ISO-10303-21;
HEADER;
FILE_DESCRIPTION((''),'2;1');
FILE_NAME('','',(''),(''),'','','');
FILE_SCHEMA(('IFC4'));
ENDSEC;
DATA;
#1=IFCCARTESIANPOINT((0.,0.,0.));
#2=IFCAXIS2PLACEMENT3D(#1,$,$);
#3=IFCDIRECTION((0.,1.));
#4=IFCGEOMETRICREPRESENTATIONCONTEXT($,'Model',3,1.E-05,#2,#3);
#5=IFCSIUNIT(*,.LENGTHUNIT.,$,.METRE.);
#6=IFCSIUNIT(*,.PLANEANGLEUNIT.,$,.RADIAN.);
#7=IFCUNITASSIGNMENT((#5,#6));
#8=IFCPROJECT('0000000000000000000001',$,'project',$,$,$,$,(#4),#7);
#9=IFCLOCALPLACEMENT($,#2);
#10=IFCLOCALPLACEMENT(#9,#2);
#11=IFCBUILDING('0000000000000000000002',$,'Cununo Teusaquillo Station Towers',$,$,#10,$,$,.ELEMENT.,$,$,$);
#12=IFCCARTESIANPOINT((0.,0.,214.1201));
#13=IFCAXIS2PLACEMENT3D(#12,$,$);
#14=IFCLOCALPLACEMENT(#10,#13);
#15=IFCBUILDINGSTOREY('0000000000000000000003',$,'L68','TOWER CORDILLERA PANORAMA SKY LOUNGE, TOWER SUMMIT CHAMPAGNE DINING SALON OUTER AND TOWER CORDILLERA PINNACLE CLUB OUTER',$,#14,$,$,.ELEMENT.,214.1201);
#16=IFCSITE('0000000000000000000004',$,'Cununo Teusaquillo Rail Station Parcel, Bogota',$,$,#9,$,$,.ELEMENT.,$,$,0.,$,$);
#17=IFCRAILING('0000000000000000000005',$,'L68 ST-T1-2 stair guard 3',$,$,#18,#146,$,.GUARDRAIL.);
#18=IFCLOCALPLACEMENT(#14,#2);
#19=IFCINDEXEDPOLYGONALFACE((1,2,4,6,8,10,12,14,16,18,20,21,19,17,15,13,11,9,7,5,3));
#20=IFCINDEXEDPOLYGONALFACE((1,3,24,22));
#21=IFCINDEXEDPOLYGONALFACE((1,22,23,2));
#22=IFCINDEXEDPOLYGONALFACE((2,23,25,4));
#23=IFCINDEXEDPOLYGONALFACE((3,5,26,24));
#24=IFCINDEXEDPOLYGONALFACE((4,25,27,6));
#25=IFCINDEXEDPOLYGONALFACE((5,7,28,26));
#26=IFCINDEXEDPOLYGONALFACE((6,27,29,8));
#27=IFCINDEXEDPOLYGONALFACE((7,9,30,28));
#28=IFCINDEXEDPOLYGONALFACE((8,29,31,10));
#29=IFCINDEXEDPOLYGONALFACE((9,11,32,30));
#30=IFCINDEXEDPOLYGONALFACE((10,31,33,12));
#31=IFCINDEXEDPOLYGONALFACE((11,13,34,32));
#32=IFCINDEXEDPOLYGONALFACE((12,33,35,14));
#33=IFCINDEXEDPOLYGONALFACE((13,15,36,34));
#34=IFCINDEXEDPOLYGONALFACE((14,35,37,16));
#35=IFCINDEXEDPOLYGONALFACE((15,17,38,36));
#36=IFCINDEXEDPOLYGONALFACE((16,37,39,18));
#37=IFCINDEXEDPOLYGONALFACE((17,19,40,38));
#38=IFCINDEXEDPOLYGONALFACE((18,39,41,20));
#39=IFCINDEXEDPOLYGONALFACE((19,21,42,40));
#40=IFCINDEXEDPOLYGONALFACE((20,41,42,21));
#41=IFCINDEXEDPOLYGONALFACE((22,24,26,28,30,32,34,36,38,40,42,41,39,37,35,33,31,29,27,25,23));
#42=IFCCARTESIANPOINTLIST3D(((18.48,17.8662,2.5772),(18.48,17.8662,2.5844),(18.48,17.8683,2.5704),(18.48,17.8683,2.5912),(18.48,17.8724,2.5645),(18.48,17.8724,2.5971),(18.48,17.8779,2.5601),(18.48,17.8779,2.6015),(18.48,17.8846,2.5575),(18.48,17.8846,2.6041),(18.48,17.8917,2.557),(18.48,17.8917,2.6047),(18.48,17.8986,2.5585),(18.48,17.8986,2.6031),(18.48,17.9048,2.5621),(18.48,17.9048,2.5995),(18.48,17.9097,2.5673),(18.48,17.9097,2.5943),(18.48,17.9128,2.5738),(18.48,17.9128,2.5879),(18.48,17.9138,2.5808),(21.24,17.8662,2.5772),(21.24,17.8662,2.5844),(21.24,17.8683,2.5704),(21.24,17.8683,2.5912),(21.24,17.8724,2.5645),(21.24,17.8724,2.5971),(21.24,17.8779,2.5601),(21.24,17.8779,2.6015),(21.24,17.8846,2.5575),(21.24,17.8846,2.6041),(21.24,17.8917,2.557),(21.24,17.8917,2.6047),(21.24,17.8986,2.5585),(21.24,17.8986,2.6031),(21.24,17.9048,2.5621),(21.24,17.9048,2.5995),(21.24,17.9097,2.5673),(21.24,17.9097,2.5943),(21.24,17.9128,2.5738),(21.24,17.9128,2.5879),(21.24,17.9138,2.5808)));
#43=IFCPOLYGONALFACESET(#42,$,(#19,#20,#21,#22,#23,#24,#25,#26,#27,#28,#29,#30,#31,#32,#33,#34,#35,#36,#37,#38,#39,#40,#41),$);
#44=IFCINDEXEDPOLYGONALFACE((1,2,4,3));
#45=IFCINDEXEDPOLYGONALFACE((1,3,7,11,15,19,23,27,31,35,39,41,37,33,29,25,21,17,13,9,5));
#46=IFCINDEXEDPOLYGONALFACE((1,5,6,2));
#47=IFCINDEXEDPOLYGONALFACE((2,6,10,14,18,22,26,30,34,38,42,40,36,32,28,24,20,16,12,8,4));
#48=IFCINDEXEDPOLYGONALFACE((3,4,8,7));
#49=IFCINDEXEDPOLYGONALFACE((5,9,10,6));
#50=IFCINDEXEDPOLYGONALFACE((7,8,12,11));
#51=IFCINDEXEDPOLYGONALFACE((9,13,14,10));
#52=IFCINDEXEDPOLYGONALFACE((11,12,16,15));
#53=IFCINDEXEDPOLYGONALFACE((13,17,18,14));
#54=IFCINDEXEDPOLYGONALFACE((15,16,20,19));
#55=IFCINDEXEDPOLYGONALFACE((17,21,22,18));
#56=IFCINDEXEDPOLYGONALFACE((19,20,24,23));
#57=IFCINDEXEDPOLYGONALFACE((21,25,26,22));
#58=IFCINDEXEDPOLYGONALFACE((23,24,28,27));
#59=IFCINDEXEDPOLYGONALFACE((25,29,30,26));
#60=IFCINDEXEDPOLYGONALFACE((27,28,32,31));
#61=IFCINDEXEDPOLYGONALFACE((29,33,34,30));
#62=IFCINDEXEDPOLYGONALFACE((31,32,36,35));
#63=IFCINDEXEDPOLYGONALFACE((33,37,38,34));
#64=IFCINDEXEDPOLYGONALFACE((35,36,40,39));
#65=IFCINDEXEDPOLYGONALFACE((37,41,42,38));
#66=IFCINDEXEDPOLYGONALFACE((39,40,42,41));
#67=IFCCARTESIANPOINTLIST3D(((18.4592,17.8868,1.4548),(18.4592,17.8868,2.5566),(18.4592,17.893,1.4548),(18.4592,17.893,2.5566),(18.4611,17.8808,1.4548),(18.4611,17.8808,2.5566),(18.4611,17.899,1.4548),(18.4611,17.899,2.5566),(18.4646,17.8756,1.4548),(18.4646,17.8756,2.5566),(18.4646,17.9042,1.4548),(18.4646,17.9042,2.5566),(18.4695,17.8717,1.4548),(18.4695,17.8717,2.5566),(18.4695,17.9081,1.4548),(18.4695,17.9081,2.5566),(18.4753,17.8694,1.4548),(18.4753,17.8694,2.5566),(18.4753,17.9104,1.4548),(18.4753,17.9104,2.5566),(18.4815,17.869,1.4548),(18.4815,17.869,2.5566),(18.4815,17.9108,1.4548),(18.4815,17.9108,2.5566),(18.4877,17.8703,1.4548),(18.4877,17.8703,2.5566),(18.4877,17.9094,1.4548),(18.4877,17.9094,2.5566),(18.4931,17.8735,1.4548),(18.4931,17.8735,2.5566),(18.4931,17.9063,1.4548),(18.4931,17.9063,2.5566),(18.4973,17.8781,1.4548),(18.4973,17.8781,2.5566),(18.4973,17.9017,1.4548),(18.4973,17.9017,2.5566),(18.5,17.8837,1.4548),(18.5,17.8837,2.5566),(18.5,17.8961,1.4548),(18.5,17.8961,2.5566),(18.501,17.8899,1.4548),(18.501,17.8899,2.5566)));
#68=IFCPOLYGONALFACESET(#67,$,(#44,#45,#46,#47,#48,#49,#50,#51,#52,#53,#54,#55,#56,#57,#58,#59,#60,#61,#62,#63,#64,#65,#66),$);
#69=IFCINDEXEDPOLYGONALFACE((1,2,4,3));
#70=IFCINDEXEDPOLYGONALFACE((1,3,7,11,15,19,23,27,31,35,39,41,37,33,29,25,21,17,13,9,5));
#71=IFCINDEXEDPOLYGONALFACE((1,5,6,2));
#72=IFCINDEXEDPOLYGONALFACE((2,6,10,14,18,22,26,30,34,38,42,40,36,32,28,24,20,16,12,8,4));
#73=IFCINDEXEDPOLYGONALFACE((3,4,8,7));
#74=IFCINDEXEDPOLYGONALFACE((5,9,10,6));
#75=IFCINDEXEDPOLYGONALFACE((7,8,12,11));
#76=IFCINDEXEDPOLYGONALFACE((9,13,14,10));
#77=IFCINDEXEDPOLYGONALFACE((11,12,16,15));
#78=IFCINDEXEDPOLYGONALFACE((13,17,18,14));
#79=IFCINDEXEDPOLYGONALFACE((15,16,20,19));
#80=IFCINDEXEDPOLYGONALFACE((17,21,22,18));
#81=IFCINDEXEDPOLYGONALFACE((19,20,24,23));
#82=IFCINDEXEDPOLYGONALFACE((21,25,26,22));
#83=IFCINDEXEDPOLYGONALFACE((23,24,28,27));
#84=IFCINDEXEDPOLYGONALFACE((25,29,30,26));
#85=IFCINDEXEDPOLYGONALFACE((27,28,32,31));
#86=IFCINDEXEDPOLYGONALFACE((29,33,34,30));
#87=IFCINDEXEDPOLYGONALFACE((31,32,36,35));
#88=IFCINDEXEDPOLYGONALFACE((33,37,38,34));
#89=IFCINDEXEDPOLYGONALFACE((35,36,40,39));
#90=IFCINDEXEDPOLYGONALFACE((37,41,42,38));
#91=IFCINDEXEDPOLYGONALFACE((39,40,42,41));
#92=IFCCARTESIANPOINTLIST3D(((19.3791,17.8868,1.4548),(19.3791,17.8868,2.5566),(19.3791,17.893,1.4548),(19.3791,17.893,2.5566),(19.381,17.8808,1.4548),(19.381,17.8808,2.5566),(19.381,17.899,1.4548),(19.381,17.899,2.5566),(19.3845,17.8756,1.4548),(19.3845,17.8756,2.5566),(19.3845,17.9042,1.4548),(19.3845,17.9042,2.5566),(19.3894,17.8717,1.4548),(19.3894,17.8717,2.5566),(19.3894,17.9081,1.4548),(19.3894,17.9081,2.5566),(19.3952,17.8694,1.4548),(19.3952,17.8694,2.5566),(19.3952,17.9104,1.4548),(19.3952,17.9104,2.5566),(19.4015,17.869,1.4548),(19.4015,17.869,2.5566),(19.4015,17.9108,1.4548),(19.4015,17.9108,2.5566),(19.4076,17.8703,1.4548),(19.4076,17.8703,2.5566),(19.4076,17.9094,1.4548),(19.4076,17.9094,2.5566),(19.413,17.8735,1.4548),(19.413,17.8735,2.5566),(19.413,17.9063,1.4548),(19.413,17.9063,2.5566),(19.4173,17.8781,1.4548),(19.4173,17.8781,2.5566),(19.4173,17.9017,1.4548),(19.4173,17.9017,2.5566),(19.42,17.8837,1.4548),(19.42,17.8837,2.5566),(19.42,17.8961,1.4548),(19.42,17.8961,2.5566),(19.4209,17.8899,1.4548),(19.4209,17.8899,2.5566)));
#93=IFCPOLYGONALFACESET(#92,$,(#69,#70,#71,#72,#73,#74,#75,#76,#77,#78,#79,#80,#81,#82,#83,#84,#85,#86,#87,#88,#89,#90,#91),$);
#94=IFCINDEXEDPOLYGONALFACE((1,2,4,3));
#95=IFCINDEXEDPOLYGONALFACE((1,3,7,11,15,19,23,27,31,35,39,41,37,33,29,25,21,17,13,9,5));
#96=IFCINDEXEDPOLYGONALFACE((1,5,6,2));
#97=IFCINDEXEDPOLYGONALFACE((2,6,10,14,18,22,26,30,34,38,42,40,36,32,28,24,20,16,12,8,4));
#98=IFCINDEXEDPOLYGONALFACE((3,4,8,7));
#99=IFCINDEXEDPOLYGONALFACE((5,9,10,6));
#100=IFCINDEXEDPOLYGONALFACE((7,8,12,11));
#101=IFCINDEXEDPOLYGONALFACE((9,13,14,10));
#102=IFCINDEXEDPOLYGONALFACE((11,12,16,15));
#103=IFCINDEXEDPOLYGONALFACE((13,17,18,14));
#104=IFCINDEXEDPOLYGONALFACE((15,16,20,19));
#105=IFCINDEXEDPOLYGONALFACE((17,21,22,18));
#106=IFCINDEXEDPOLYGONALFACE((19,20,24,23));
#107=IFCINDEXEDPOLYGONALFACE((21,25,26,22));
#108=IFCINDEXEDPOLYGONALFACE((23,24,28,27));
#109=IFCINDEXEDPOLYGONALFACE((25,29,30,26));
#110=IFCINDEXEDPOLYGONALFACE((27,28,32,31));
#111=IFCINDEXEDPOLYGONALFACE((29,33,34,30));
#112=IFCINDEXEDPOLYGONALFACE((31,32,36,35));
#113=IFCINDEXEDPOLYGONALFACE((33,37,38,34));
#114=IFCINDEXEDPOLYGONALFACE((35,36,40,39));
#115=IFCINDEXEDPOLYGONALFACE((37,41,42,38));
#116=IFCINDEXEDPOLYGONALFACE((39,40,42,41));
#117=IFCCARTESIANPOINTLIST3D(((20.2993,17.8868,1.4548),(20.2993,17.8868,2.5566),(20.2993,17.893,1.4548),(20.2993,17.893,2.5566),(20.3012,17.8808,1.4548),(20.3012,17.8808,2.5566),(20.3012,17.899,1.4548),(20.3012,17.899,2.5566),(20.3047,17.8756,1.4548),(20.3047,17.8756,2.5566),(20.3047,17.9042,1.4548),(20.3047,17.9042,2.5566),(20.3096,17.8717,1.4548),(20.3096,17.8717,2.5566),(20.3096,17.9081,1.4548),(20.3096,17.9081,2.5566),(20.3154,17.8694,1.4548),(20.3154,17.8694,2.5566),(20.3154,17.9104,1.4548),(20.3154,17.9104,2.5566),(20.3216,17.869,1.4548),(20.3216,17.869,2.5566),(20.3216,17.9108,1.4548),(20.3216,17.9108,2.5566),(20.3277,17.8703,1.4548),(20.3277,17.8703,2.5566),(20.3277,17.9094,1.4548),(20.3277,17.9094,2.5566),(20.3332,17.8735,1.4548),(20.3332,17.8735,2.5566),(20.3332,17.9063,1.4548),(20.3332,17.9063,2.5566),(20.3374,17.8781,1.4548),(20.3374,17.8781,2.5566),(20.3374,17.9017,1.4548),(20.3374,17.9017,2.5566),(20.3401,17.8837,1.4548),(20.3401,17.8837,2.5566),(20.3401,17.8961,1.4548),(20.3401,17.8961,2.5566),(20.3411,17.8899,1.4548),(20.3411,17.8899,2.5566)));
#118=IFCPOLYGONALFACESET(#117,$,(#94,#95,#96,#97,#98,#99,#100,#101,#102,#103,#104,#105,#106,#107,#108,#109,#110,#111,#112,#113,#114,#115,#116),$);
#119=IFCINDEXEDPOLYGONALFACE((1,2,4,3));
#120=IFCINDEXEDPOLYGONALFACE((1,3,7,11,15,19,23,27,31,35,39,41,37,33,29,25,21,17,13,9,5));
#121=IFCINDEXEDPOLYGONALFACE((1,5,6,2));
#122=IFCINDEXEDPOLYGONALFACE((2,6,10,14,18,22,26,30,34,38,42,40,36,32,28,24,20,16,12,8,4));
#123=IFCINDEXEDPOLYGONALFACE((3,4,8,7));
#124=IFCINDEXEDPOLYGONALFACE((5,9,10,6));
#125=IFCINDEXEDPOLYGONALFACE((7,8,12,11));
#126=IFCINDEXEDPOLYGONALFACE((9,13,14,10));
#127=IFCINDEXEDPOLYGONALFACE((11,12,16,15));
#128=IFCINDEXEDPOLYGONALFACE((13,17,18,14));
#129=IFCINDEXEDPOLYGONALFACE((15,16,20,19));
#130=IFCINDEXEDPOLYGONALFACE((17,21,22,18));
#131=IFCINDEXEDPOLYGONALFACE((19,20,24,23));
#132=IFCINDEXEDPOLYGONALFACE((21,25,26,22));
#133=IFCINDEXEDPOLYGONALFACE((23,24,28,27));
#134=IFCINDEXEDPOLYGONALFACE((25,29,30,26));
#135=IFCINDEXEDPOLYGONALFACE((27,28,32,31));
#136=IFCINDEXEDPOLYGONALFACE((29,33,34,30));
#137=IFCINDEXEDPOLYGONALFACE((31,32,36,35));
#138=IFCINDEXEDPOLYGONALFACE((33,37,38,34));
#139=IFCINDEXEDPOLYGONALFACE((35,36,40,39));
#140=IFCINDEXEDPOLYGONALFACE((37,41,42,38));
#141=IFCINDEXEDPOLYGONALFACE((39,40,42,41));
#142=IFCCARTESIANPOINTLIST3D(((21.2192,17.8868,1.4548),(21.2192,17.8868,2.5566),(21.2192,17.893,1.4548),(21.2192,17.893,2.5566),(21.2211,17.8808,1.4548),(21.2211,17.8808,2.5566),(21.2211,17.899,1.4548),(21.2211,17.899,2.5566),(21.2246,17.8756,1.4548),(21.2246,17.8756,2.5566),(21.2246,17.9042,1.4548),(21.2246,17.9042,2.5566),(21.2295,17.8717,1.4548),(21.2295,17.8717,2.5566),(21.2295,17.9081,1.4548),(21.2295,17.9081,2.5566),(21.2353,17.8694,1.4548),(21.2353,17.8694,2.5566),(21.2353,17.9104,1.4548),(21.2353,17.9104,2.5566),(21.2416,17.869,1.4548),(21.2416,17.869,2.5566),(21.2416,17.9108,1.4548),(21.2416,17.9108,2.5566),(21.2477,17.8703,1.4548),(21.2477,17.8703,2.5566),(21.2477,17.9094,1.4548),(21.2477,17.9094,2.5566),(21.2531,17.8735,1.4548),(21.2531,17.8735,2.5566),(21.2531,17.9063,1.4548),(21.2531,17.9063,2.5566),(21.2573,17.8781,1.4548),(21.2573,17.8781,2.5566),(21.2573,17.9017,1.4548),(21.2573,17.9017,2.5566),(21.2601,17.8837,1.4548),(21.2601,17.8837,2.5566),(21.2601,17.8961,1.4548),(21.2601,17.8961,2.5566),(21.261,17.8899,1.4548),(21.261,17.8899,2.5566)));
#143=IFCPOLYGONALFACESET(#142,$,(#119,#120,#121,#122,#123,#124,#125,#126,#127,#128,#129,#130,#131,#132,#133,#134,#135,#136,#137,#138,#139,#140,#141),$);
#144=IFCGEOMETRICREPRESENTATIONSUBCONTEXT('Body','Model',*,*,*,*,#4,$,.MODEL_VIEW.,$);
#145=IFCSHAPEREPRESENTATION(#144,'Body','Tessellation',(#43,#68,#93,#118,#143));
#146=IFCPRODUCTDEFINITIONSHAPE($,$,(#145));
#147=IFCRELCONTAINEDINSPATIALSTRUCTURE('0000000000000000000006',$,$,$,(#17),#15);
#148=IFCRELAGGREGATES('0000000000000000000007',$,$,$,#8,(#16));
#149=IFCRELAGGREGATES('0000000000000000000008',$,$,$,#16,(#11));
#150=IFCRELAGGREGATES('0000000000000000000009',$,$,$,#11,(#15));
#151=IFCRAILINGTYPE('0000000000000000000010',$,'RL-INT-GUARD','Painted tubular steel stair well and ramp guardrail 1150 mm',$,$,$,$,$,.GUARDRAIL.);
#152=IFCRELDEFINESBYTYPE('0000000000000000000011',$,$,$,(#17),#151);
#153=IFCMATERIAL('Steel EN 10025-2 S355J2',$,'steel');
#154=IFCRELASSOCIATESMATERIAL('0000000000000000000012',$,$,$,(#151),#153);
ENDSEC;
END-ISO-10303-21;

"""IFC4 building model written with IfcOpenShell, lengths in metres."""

from ifc_helpers import new_model, si_unit, direction, frame, origin, origin_2d, place, context, subcontext, project, spatial, circle, extrude, material, type_object, element, save


model = new_model("IFC4")

# Units and contexts
model_context = context("Model", 3, precision=1e-05, world=origin(), true_north=direction((0.0, 1.0)))
body_context = subcontext(model_context, "Body", "Model", "MODEL_VIEW")
ifc_project = project(units=[si_unit("LENGTHUNIT", "METRE"), si_unit("PLANEANGLEUNIT", "RADIAN")], contexts=[model_context])

# Site, building, storey
site_placement = place(None, origin())
site = spatial("IfcSite", under=ifc_project, at=site_placement, Name="Cununo Teusaquillo Rail Station Parcel, Bogota", CompositionType="ELEMENT", RefElevation=0.0)
building_placement = place(site_placement, origin())
building = spatial("IfcBuilding", under=site, at=building_placement, Name="Cununo Teusaquillo Station Towers", CompositionType="ELEMENT")
storey_placement = place(building_placement, frame((0.0, 0.0, 214.1201)))
storey = spatial("IfcBuildingStorey", under=building, at=storey_placement, Name="L68", Description="TOWER CORDILLERA PANORAMA SKY LOUNGE, TOWER SUMMIT CHAMPAGNE DINING SALON OUTER AND TOWER CORDILLERA PINNACLE CLUB OUTER", CompositionType="ELEMENT", Elevation=214.1201)

# Railing
ifc_material_1 = material(Name="Steel EN 10025-2 S355J2", Category="steel")
railing_type_1 = type_object("IfcRailingType", Name="RL-INT-GUARD", Description="Painted tubular steel stair well and ramp guardrail 1150 mm", PredefinedType="GUARDRAIL", material=ifc_material_1)
railing_1_placement = place(storey_placement, frame((18.48, 17.8899, 1.4548)))
element("IfcRailing", 1, at=railing_1_placement, inside=storey, type_object=railing_type_1, Name="L68 ST-T1-2 stair guard 3", PredefinedType="GUARDRAIL", context=body_context, shape_type="SweptSolid", body=[
    extrude(circle(Radius=0.0239, at=origin_2d()), frame((0.0, 0.0, 1.126), z_axis=(1.0, 0.0, 0.0), x_axis=(0.0, 1.0, 0.0)), (0.0, 0.0, 1.0), 2.76),
    extrude(circle(Radius=0.021, at=origin_2d()), origin(), (0.0, 0.0, 1.0), 1.1018),
    extrude(circle(Radius=0.021, at=origin_2d()), frame((0.9199, 0.0, 0.0)), (0.0, 0.0, 1.0), 1.1018),
    extrude(circle(Radius=0.021, at=origin_2d()), frame((1.8401, 0.0, 0.0)), (0.0, 0.0, 1.0), 1.1018),
    extrude(circle(Radius=0.021, at=origin_2d()), frame((2.76, 0.0, 0.0)), (0.0, 0.0, 1.0), 1.1018),
])

save(model, "model.ifc")
